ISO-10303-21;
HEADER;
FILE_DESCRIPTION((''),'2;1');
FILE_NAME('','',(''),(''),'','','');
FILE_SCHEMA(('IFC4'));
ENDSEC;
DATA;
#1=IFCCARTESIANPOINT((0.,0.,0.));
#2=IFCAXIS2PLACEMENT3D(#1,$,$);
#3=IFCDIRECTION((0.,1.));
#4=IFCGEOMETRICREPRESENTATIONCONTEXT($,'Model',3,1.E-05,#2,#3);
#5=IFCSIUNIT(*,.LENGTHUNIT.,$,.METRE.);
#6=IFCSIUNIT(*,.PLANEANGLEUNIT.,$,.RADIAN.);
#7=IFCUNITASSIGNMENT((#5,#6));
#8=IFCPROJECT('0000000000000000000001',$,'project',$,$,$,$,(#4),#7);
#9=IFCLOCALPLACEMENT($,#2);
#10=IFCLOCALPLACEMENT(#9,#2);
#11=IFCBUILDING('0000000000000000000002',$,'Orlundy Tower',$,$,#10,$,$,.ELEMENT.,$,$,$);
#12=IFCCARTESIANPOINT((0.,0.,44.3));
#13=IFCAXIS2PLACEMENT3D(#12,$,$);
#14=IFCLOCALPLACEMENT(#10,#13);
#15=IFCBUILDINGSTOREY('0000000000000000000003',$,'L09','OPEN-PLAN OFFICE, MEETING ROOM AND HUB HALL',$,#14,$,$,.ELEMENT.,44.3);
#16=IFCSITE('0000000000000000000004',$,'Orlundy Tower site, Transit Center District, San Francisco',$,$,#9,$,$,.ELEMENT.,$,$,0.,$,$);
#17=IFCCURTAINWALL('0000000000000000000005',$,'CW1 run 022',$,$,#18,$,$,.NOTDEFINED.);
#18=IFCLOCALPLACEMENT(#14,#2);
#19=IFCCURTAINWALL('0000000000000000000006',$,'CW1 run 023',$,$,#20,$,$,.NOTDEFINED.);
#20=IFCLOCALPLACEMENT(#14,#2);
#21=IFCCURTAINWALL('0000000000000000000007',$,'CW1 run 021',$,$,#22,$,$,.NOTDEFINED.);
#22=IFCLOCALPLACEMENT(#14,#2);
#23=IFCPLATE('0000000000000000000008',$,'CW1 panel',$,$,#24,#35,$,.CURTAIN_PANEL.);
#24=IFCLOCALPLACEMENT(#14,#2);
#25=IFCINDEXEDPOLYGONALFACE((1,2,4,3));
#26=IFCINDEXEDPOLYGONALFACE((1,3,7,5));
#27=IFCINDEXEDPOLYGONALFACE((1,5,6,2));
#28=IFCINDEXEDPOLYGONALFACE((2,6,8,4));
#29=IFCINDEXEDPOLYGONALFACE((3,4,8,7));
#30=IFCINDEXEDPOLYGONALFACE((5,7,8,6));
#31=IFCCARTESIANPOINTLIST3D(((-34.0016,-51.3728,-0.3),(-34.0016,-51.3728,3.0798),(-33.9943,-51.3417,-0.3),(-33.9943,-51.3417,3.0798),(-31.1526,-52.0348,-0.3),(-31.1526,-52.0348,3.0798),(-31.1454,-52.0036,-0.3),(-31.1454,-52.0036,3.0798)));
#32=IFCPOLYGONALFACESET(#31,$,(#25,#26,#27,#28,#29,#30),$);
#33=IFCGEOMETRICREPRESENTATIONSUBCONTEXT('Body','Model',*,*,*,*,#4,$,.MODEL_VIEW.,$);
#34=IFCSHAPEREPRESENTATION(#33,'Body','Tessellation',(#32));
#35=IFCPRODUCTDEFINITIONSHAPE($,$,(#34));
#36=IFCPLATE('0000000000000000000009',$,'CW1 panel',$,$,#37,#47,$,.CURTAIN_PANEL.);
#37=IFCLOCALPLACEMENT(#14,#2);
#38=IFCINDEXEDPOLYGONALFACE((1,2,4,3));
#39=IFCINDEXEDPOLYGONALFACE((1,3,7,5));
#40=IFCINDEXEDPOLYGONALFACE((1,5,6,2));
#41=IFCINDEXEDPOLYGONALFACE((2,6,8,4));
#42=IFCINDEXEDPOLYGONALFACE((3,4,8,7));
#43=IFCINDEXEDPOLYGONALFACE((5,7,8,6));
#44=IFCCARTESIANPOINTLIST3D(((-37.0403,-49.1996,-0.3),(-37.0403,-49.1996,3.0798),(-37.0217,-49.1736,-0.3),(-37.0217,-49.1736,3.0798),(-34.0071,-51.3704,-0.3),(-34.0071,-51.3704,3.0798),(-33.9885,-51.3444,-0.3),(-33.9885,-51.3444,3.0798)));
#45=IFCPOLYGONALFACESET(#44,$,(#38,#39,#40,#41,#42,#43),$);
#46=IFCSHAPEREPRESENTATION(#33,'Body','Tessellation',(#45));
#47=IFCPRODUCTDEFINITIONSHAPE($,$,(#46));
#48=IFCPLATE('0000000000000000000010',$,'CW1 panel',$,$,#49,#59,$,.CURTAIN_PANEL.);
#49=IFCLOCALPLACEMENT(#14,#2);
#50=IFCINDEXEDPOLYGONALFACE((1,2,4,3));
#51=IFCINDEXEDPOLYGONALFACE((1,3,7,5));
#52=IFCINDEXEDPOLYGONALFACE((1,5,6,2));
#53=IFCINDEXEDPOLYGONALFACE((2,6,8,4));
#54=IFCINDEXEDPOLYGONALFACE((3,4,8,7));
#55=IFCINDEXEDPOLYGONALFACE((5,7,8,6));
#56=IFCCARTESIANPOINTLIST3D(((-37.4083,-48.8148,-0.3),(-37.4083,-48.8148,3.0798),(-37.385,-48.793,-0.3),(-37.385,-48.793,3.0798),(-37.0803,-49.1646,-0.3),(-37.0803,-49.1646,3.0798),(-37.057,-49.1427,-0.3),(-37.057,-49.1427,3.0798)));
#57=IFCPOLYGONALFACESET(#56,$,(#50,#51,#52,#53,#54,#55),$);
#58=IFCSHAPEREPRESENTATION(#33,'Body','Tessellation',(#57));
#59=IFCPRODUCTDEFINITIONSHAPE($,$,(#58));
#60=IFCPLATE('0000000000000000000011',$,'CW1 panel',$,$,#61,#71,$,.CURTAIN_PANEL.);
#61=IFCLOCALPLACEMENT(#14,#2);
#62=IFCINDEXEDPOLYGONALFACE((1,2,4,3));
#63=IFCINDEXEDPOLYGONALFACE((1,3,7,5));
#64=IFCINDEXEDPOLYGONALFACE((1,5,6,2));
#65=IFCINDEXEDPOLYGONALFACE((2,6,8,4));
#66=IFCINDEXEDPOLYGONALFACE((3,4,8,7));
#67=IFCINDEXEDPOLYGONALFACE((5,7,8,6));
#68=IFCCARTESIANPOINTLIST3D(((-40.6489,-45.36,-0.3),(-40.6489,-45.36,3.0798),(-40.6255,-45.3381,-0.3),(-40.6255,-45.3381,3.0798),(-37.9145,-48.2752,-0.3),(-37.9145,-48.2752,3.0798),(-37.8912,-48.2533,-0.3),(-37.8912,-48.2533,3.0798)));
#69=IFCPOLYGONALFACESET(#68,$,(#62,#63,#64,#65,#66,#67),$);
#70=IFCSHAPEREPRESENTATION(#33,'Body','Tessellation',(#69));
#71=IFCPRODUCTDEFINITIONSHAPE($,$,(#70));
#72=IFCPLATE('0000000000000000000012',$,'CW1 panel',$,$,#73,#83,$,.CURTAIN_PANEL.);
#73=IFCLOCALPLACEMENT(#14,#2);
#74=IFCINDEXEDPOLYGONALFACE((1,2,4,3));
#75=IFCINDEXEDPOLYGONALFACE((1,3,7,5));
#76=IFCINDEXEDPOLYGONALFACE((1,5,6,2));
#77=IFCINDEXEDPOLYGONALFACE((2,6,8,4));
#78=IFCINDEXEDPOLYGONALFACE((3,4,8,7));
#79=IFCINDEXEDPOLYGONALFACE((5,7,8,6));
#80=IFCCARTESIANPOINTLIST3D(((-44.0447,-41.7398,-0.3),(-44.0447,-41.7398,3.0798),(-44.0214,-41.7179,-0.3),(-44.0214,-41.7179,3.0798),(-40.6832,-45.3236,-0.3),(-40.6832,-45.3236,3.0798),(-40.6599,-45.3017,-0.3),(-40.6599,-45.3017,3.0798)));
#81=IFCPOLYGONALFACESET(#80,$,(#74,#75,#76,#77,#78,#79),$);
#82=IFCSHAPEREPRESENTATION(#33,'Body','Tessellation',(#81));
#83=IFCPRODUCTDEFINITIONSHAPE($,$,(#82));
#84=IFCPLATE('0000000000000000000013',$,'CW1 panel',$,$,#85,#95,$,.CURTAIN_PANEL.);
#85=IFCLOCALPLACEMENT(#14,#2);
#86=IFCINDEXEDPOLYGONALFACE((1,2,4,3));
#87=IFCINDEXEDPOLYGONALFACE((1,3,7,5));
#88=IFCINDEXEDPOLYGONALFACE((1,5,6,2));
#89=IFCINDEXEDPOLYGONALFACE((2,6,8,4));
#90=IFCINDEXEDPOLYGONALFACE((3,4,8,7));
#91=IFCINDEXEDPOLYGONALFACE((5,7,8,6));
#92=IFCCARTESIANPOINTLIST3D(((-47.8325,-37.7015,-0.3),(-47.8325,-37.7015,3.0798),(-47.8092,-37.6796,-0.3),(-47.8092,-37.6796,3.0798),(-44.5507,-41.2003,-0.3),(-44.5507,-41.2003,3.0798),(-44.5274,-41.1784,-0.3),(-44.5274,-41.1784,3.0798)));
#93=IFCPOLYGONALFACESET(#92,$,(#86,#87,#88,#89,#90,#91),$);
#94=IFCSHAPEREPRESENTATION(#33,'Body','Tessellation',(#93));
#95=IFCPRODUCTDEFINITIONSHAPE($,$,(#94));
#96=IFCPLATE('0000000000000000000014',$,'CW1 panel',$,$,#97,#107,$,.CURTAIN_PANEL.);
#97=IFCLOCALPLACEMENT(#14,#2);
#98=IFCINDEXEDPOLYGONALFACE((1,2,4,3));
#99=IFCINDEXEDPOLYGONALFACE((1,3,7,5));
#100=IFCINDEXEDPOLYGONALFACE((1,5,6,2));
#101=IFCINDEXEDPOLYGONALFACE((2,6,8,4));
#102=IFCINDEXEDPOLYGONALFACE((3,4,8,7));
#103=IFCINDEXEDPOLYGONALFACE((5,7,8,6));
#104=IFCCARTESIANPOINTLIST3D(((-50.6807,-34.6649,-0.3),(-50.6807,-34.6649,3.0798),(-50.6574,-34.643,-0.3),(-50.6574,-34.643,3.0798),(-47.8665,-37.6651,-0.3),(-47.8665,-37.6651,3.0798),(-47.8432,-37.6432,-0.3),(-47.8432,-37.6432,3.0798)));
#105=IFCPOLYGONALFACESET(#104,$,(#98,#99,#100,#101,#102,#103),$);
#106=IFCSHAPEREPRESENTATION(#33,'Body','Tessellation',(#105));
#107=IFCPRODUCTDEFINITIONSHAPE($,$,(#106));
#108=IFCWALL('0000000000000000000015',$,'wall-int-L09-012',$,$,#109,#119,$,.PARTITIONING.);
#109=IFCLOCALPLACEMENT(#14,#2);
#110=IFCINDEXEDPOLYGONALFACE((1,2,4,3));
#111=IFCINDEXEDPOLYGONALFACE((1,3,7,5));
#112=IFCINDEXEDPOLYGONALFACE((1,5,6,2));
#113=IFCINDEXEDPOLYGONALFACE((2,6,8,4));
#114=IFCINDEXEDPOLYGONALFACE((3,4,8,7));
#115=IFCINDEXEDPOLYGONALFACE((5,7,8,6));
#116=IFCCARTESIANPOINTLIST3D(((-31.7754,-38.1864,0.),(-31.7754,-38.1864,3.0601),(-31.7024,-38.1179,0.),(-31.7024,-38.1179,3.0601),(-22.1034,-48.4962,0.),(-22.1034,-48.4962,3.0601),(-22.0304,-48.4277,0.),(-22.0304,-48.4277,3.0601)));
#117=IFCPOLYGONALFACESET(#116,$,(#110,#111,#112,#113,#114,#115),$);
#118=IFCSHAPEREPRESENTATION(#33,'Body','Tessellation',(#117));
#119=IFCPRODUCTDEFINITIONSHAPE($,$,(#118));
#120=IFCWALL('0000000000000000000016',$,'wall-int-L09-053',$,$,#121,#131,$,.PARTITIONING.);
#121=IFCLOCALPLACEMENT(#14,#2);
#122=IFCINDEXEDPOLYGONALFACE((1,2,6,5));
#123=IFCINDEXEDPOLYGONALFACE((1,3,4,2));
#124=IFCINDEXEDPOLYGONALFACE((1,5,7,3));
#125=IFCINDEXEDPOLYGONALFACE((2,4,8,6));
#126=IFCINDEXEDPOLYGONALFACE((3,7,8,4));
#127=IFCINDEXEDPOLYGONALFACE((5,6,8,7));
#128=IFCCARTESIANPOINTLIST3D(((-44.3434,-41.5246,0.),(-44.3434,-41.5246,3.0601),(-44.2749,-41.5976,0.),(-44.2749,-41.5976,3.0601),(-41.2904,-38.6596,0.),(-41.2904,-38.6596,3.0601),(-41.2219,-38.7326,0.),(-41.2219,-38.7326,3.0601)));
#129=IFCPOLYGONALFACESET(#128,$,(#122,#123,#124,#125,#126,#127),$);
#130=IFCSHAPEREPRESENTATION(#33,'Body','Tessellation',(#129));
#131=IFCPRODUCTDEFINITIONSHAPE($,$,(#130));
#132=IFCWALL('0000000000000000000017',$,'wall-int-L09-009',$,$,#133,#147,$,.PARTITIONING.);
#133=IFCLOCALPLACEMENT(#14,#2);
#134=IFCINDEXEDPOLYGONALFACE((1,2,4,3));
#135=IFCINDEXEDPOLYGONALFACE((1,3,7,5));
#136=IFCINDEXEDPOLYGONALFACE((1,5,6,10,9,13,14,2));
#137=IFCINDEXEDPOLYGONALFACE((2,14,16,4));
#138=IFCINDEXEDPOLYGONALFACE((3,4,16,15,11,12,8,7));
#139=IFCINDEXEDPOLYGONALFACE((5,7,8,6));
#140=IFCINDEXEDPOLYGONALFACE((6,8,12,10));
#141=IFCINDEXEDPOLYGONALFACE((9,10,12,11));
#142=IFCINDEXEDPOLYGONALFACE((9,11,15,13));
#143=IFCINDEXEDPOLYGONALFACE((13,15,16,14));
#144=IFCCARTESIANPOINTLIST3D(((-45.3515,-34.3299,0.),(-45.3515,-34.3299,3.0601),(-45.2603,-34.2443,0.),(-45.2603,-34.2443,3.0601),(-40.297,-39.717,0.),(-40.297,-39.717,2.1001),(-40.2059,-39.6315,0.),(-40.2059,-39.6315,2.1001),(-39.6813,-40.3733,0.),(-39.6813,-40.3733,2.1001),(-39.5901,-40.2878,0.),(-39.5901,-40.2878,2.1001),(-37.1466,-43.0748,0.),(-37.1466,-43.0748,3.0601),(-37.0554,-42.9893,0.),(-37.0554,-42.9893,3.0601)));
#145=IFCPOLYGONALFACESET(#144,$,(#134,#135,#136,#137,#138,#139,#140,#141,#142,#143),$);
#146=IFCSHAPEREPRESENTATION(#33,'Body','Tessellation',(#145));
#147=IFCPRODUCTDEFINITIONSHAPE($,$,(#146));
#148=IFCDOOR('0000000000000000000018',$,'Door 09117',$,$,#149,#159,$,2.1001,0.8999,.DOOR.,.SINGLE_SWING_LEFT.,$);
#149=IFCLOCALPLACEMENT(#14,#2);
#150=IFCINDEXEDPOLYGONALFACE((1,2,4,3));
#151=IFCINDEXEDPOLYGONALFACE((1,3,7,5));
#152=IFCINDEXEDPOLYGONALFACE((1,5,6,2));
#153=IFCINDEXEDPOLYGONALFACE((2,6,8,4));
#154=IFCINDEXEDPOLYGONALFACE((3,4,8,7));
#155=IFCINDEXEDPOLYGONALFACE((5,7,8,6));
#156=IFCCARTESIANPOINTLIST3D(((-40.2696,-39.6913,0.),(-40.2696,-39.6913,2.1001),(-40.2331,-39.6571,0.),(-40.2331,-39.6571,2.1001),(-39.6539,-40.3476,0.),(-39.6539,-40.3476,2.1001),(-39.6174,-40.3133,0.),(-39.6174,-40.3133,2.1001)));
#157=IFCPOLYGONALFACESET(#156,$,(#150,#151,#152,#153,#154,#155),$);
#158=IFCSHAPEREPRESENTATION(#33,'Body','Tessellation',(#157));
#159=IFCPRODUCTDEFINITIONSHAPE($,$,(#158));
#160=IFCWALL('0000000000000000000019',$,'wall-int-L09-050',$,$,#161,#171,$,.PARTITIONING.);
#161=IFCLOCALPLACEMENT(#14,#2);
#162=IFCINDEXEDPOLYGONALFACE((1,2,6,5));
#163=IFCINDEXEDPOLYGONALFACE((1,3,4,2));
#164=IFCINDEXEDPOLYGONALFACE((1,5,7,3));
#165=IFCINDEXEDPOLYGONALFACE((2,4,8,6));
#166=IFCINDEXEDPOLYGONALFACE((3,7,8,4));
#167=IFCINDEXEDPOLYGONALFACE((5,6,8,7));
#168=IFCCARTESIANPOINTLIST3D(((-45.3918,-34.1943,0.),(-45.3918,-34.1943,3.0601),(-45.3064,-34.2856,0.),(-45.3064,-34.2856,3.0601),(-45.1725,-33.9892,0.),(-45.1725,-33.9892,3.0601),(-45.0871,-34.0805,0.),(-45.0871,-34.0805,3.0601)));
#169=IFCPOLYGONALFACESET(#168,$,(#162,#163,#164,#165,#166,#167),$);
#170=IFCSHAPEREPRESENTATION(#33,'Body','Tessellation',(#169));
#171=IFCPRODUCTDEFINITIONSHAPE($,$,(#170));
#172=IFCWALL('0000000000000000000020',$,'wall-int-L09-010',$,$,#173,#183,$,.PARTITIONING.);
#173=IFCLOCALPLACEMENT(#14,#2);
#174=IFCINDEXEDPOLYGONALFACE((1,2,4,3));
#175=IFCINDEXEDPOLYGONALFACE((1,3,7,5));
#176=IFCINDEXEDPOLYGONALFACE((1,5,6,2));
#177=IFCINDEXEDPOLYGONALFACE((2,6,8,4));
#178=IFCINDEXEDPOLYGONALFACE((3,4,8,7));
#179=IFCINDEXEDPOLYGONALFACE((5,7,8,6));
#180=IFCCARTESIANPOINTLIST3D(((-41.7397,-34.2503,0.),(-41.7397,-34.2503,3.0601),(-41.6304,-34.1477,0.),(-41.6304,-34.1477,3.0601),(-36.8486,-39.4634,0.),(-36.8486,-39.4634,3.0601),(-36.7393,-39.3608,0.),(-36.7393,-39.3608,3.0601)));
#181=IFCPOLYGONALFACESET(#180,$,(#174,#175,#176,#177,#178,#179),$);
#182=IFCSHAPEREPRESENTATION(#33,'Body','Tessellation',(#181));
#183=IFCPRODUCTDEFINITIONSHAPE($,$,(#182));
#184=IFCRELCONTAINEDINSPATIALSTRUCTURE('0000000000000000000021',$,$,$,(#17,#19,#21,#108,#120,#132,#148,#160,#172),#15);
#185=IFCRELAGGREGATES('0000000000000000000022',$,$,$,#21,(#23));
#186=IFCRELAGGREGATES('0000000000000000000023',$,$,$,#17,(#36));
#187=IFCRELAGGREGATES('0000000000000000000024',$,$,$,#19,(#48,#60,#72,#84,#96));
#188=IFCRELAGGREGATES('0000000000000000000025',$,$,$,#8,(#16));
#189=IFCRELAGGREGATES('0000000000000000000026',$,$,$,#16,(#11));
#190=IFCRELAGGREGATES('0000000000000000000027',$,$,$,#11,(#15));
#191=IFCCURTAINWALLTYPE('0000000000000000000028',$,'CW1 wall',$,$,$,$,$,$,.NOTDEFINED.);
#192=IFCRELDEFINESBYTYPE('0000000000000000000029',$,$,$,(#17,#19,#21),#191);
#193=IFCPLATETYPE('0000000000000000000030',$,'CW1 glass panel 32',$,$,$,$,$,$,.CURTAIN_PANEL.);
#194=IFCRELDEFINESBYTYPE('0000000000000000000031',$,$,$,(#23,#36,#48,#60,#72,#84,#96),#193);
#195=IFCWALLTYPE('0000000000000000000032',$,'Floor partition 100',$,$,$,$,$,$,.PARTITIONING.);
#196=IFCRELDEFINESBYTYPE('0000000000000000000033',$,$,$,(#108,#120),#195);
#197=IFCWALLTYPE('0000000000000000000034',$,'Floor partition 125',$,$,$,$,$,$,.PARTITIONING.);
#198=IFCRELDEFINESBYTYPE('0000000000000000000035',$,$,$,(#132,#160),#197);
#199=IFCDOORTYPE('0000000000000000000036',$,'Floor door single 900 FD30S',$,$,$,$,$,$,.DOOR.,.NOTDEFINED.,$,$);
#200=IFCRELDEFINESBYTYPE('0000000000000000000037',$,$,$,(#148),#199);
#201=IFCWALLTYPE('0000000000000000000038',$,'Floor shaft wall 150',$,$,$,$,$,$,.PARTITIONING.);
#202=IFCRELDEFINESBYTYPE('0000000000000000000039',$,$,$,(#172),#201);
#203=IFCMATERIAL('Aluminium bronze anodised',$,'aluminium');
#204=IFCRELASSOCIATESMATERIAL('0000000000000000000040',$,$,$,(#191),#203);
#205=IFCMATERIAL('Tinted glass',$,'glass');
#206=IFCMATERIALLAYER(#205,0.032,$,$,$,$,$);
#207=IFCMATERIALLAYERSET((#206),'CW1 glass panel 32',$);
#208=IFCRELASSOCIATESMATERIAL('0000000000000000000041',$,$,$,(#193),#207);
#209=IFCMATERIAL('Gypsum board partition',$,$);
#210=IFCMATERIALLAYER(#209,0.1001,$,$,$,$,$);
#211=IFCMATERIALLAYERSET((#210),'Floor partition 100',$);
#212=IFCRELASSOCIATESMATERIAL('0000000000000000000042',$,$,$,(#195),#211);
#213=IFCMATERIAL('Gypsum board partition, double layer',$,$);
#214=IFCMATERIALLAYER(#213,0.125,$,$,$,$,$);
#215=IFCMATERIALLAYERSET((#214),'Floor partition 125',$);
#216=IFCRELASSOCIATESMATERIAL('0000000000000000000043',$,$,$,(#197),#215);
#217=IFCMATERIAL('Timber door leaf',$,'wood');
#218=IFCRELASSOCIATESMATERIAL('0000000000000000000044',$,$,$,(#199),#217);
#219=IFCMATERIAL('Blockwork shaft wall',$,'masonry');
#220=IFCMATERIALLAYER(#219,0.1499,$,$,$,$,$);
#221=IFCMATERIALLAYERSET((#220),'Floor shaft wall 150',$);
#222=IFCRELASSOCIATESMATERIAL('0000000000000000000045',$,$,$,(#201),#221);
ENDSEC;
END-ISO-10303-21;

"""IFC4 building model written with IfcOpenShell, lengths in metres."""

from ifc_helpers import new_model, si_unit, direction, frame, frame_2d, origin, origin_2d, place, context, subcontext, project, spatial, rectangle, extrude, material, layer, layer_set, type_object, element, fill, aggregate, save


model = new_model("IFC4")

# Units and contexts
model_context = context("Model", 3, precision=1e-05, world=origin(), true_north=direction((0.0, 1.0)))
body_context = subcontext(model_context, "Body", "Model", "MODEL_VIEW")
ifc_project = project(units=[si_unit("LENGTHUNIT", "METRE"), si_unit("PLANEANGLEUNIT", "RADIAN")], contexts=[model_context])

# Site, building, storey
site_placement = place(None, origin())
site = spatial("IfcSite", under=ifc_project, at=site_placement, Name="Orlundy Tower site, Transit Center District, San Francisco", CompositionType="ELEMENT", RefElevation=0.0)
building_placement = place(site_placement, origin())
building = spatial("IfcBuilding", under=site, at=building_placement, Name="Orlundy Tower", CompositionType="ELEMENT")
storey_placement = place(building_placement, frame((0.0, 0.0, 44.3)))
storey = spatial("IfcBuildingStorey", under=building, at=storey_placement, Name="L09", Description="OPEN-PLAN OFFICE, MEETING ROOM AND HUB HALL", CompositionType="ELEMENT", Elevation=44.3)

# Curtain wall
ifc_material_1 = material(Name="Aluminium bronze anodised", Category="aluminium")
curtain_wall_type = type_object("IfcCurtainWallType", Name="CW1 wall", PredefinedType="NOTDEFINED", material=ifc_material_1)
curtain_wall_1_placement = place(storey_placement, origin())
curtain_wall_1 = element("IfcCurtainWall", 1, at=curtain_wall_1_placement, inside=storey, type_object=curtain_wall_type, Name="CW1 run 022", PredefinedType="NOTDEFINED")

# Curtain wall
curtain_wall_2_placement = place(storey_placement, origin())
curtain_wall_2 = element("IfcCurtainWall", 2, at=curtain_wall_2_placement, inside=storey, type_object=curtain_wall_type, Name="CW1 run 023", PredefinedType="NOTDEFINED")

# Curtain wall
curtain_wall_3_placement = place(storey_placement, origin())
curtain_wall_3 = element("IfcCurtainWall", 3, at=curtain_wall_3_placement, inside=storey, type_object=curtain_wall_type, Name="CW1 run 021", PredefinedType="NOTDEFINED")

# Plates
ifc_material_2 = material(Name="Tinted glass", Category="glass")
ifc_layer_1 = layer(ifc_material_2, 0.032)
ifc_layer_set_1 = layer_set([ifc_layer_1], Name="CW1 glass panel 32")
plate_type = type_object("IfcPlateType", Name="CW1 glass panel 32", PredefinedType="CURTAIN_PANEL", material=ifc_layer_set_1)
plate_1_placement = place(storey_placement, frame((-32.5735, -51.6882, -0.3), z_axis=(0.0, 0.0, 1.0), x_axis=(-0.974054, 0.226317, 0.0)))
plate_1 = element("IfcPlate", 4, at=plate_1_placement, type_object=plate_type, Name="CW1 panel", PredefinedType="CURTAIN_PANEL", context=body_context, shape_type="SweptSolid", body=[
    extrude(rectangle(XDim=2.9248, YDim=0.032, at=origin_2d()), origin(), (0.0, 0.0, 1.0), 3.3799),
])
aggregate(curtain_wall_3, [plate_1])
plate_2_placement = place(storey_placement, frame((-35.5144, -50.272, -0.3), z_axis=(0.0, 0.0, 1.0), x_axis=(-0.813204, 0.581978, 0.0)))
plate_2 = element("IfcPlate", 5, at=plate_2_placement, type_object=plate_type, Name="CW1 panel", PredefinedType="CURTAIN_PANEL", context=body_context, shape_type="SweptSolid", body=[
    extrude(rectangle(XDim=3.73, YDim=0.032, at=origin_2d()), origin(), (0.0, 0.0, 1.0), 3.3799),
])
aggregate(curtain_wall_1, [plate_2])
plate_3_placement = place(storey_placement, frame((-37.2327, -48.9788, -0.3), z_axis=(0.0, 0.0, 1.0), x_axis=(-0.684126, 0.729363, 0.0)))
plate_3 = element("IfcPlate", 6, at=plate_3_placement, type_object=plate_type, Name="CW1 panel", PredefinedType="CURTAIN_PANEL", context=body_context, shape_type="SweptSolid", body=[
    extrude(rectangle(XDim=0.4795, YDim=0.032, at=origin_2d()), origin(), (0.0, 0.0, 1.0), 3.3799),
])
plate_4_placement = place(storey_placement, frame((-39.27, -46.8066, -0.3), z_axis=(0.0, 0.0, 1.0), x_axis=(-0.684126, 0.729363, 0.0)))
plate_4 = element("IfcPlate", 7, at=plate_4_placement, type_object=plate_type, Name="CW1 panel", PredefinedType="CURTAIN_PANEL", context=body_context, shape_type="SweptSolid", body=[
    extrude(rectangle(XDim=3.9968, YDim=0.032, at=origin_2d()), origin(), (0.0, 0.0, 1.0), 3.3799),
])
plate_5_placement = place(storey_placement, frame((-42.3523, -43.5208, -0.3), z_axis=(0.0, 0.0, 1.0), x_axis=(-0.684126, 0.729363, 0.0)))
plate_5 = element("IfcPlate", 8, at=plate_5_placement, type_object=plate_type, Name="CW1 panel", PredefinedType="CURTAIN_PANEL", context=body_context, shape_type="SweptSolid", body=[
    extrude(rectangle(XDim=4.9136, YDim=0.032, at=origin_2d()), origin(), (0.0, 0.0, 1.0), 3.3799),
])
plate_6_placement = place(storey_placement, frame((-46.1799, -39.4399, -0.3), z_axis=(0.0, 0.0, 1.0), x_axis=(-0.684126, 0.729363, 0.0)))
plate_6 = element("IfcPlate", 9, at=plate_6_placement, type_object=plate_type, Name="CW1 panel", PredefinedType="CURTAIN_PANEL", context=body_context, shape_type="SweptSolid", body=[
    extrude(rectangle(XDim=4.7971, YDim=0.032, at=origin_2d()), origin(), (0.0, 0.0, 1.0), 3.3799),
])
plate_7_placement = place(storey_placement, frame((-49.262, -36.1541, -0.3), z_axis=(0.0, 0.0, 1.0), x_axis=(-0.684126, 0.729363, 0.0)))
plate_7 = element("IfcPlate", 10, at=plate_7_placement, type_object=plate_type, Name="CW1 panel", PredefinedType="CURTAIN_PANEL", context=body_context, shape_type="SweptSolid", body=[
    extrude(rectangle(XDim=4.1135, YDim=0.032, at=origin_2d()), origin(), (0.0, 0.0, 1.0), 3.3799),
])
aggregate(curtain_wall_2, [plate_3, plate_4, plate_5, plate_6, plate_7])

# Walls
ifc_material_3 = material(Name="Gypsum board partition")
ifc_layer_2 = layer(ifc_material_3, 0.1001)
ifc_layer_set_2 = layer_set([ifc_layer_2], Name="Floor partition 100")
wall_type_1 = type_object("IfcWallType", Name="Floor partition 100", PredefinedType="PARTITIONING", material=ifc_layer_set_2)
wall_1_placement = place(storey_placement, frame((-31.739, -38.1521, 0.0), z_axis=(0.0, 0.0, 1.0), x_axis=(0.684192, -0.729302, 0.0)))
element("IfcWall", 11, at=wall_1_placement, inside=storey, type_object=wall_type_1, Name="wall-int-L09-012", PredefinedType="PARTITIONING", context=body_context, shape_type="SweptSolid", body=[
    extrude(rectangle(XDim=14.1365, YDim=0.1001, at=frame_2d((7.0684, 0.0))), origin(), (0.0, 0.0, 1.0), 3.0601),
])
wall_2_placement = place(storey_placement, frame((-44.3091, -41.561, 0.0), z_axis=(0.0, 0.0, 1.0), x_axis=(0.729201, 0.6843, 0.0)))
element("IfcWall", 12, at=wall_2_placement, inside=storey, type_object=wall_type_1, Name="wall-int-L09-053", PredefinedType="PARTITIONING", context=body_context, shape_type="SweptSolid", body=[
    extrude(rectangle(XDim=4.1868, YDim=0.1001, at=frame_2d((2.0933, 0.0))), origin(), (0.0, 0.0, 1.0), 3.0601),
])

# Wall, opening, door
ifc_material_4 = material(Name="Gypsum board partition, double layer")
ifc_layer_3 = layer(ifc_material_4, 0.125)
ifc_layer_set_3 = layer_set([ifc_layer_3], Name="Floor partition 125")
wall_type_2 = type_object("IfcWallType", Name="Floor partition 125", PredefinedType="PARTITIONING", material=ifc_layer_set_3)
wall_3_placement = place(storey_placement, frame((-37.1011, -43.032, 0.0), z_axis=(0.0, 0.0, 1.0), x_axis=(-0.68423, 0.729266, 0.0)))
wall_3 = element("IfcWall", 13, at=wall_3_placement, inside=storey, type_object=wall_type_2, Name="wall-int-L09-009", PredefinedType="PARTITIONING", context=body_context, shape_type="SweptSolid", body=[
    extrude(rectangle(XDim=11.9915, YDim=0.125, at=frame_2d((5.9956, 0.0))), origin(), (0.0, 0.0, 1.0), 3.0601),
])
opening_1_placement = place(wall_3_placement, frame((3.7043, 0.0, 0.0)))
opening_1 = element("IfcOpeningElement", 14, at=opening_1_placement, cuts=wall_3, PredefinedType="OPENING", context=body_context, shape_type="SweptSolid", body=[
    extrude(rectangle(XDim=0.8999, YDim=2.1001, at=frame_2d((0.45, 1.05))), frame((0.0, 0.0725, 0.0), z_axis=(0.0, -1.0, 0.0), x_axis=(1.0, 0.0, 0.0)), (0.0, 0.0, 1.0), 0.145),
])
ifc_material_5 = material(Name="Timber door leaf", Category="wood")
door_type_1 = type_object("IfcDoorType", Name="Floor door single 900 FD30S", OperationType="NOTDEFINED", PredefinedType="DOOR", material=ifc_material_5)
door_1_placement = place(opening_1_placement, origin())
door_1 = element("IfcDoor", 15, at=door_1_placement, inside=storey, type_object=door_type_1, Name="Door 09117", OperationType="SINGLE_SWING_LEFT", OverallHeight=2.1001, OverallWidth=0.8999, PredefinedType="DOOR", context=body_context, shape_type="SweptSolid", body=[
    extrude(rectangle(XDim=0.8999, YDim=2.1001, at=frame_2d((0.45, 1.05))), frame((0.0, 0.0249, 0.0), z_axis=(0.0, -1.0, 0.0), x_axis=(1.0, 0.0, 0.0)), (0.0, 0.0, 1.0), 0.05),
])
fill(opening_1, door_1)

# Walls
wall_4_placement = place(storey_placement, frame((-45.3491, -34.24, 0.0), z_axis=(0.0, 0.0, 1.0), x_axis=(0.730298, 0.683129, 0.0)))
element("IfcWall", 16, at=wall_4_placement, inside=storey, type_object=wall_type_2, Name="wall-int-L09-050", PredefinedType="PARTITIONING", context=body_context, shape_type="SweptSolid", body=[
    extrude(rectangle(XDim=0.3003, YDim=0.125, at=frame_2d((0.1501, 0.0))), origin(), (0.0, 0.0, 1.0), 3.0601),
])
ifc_material_6 = material(Name="Blockwork shaft wall", Category="masonry")
ifc_layer_4 = layer(ifc_material_6, 0.1499)
ifc_layer_set_4 = layer_set([ifc_layer_4], Name="Floor shaft wall 150")
wall_type_3 = type_object("IfcWallType", Name="Floor shaft wall 150", PredefinedType="PARTITIONING", material=ifc_layer_set_4)
wall_5_placement = place(storey_placement, frame((-41.6851, -34.199, 0.0), z_axis=(0.0, 0.0, 1.0), x_axis=(0.684224, -0.729272, 0.0)))
element("IfcWall", 17, at=wall_5_placement, inside=storey, type_object=wall_type_3, Name="wall-int-L09-010", PredefinedType="PARTITIONING", context=body_context, shape_type="SweptSolid", body=[
    extrude(rectangle(XDim=7.1484, YDim=0.1499, at=frame_2d((3.5742, 0.0))), origin(), (0.0, 0.0, 1.0), 3.0601),
])

save(model, "model.ifc")
